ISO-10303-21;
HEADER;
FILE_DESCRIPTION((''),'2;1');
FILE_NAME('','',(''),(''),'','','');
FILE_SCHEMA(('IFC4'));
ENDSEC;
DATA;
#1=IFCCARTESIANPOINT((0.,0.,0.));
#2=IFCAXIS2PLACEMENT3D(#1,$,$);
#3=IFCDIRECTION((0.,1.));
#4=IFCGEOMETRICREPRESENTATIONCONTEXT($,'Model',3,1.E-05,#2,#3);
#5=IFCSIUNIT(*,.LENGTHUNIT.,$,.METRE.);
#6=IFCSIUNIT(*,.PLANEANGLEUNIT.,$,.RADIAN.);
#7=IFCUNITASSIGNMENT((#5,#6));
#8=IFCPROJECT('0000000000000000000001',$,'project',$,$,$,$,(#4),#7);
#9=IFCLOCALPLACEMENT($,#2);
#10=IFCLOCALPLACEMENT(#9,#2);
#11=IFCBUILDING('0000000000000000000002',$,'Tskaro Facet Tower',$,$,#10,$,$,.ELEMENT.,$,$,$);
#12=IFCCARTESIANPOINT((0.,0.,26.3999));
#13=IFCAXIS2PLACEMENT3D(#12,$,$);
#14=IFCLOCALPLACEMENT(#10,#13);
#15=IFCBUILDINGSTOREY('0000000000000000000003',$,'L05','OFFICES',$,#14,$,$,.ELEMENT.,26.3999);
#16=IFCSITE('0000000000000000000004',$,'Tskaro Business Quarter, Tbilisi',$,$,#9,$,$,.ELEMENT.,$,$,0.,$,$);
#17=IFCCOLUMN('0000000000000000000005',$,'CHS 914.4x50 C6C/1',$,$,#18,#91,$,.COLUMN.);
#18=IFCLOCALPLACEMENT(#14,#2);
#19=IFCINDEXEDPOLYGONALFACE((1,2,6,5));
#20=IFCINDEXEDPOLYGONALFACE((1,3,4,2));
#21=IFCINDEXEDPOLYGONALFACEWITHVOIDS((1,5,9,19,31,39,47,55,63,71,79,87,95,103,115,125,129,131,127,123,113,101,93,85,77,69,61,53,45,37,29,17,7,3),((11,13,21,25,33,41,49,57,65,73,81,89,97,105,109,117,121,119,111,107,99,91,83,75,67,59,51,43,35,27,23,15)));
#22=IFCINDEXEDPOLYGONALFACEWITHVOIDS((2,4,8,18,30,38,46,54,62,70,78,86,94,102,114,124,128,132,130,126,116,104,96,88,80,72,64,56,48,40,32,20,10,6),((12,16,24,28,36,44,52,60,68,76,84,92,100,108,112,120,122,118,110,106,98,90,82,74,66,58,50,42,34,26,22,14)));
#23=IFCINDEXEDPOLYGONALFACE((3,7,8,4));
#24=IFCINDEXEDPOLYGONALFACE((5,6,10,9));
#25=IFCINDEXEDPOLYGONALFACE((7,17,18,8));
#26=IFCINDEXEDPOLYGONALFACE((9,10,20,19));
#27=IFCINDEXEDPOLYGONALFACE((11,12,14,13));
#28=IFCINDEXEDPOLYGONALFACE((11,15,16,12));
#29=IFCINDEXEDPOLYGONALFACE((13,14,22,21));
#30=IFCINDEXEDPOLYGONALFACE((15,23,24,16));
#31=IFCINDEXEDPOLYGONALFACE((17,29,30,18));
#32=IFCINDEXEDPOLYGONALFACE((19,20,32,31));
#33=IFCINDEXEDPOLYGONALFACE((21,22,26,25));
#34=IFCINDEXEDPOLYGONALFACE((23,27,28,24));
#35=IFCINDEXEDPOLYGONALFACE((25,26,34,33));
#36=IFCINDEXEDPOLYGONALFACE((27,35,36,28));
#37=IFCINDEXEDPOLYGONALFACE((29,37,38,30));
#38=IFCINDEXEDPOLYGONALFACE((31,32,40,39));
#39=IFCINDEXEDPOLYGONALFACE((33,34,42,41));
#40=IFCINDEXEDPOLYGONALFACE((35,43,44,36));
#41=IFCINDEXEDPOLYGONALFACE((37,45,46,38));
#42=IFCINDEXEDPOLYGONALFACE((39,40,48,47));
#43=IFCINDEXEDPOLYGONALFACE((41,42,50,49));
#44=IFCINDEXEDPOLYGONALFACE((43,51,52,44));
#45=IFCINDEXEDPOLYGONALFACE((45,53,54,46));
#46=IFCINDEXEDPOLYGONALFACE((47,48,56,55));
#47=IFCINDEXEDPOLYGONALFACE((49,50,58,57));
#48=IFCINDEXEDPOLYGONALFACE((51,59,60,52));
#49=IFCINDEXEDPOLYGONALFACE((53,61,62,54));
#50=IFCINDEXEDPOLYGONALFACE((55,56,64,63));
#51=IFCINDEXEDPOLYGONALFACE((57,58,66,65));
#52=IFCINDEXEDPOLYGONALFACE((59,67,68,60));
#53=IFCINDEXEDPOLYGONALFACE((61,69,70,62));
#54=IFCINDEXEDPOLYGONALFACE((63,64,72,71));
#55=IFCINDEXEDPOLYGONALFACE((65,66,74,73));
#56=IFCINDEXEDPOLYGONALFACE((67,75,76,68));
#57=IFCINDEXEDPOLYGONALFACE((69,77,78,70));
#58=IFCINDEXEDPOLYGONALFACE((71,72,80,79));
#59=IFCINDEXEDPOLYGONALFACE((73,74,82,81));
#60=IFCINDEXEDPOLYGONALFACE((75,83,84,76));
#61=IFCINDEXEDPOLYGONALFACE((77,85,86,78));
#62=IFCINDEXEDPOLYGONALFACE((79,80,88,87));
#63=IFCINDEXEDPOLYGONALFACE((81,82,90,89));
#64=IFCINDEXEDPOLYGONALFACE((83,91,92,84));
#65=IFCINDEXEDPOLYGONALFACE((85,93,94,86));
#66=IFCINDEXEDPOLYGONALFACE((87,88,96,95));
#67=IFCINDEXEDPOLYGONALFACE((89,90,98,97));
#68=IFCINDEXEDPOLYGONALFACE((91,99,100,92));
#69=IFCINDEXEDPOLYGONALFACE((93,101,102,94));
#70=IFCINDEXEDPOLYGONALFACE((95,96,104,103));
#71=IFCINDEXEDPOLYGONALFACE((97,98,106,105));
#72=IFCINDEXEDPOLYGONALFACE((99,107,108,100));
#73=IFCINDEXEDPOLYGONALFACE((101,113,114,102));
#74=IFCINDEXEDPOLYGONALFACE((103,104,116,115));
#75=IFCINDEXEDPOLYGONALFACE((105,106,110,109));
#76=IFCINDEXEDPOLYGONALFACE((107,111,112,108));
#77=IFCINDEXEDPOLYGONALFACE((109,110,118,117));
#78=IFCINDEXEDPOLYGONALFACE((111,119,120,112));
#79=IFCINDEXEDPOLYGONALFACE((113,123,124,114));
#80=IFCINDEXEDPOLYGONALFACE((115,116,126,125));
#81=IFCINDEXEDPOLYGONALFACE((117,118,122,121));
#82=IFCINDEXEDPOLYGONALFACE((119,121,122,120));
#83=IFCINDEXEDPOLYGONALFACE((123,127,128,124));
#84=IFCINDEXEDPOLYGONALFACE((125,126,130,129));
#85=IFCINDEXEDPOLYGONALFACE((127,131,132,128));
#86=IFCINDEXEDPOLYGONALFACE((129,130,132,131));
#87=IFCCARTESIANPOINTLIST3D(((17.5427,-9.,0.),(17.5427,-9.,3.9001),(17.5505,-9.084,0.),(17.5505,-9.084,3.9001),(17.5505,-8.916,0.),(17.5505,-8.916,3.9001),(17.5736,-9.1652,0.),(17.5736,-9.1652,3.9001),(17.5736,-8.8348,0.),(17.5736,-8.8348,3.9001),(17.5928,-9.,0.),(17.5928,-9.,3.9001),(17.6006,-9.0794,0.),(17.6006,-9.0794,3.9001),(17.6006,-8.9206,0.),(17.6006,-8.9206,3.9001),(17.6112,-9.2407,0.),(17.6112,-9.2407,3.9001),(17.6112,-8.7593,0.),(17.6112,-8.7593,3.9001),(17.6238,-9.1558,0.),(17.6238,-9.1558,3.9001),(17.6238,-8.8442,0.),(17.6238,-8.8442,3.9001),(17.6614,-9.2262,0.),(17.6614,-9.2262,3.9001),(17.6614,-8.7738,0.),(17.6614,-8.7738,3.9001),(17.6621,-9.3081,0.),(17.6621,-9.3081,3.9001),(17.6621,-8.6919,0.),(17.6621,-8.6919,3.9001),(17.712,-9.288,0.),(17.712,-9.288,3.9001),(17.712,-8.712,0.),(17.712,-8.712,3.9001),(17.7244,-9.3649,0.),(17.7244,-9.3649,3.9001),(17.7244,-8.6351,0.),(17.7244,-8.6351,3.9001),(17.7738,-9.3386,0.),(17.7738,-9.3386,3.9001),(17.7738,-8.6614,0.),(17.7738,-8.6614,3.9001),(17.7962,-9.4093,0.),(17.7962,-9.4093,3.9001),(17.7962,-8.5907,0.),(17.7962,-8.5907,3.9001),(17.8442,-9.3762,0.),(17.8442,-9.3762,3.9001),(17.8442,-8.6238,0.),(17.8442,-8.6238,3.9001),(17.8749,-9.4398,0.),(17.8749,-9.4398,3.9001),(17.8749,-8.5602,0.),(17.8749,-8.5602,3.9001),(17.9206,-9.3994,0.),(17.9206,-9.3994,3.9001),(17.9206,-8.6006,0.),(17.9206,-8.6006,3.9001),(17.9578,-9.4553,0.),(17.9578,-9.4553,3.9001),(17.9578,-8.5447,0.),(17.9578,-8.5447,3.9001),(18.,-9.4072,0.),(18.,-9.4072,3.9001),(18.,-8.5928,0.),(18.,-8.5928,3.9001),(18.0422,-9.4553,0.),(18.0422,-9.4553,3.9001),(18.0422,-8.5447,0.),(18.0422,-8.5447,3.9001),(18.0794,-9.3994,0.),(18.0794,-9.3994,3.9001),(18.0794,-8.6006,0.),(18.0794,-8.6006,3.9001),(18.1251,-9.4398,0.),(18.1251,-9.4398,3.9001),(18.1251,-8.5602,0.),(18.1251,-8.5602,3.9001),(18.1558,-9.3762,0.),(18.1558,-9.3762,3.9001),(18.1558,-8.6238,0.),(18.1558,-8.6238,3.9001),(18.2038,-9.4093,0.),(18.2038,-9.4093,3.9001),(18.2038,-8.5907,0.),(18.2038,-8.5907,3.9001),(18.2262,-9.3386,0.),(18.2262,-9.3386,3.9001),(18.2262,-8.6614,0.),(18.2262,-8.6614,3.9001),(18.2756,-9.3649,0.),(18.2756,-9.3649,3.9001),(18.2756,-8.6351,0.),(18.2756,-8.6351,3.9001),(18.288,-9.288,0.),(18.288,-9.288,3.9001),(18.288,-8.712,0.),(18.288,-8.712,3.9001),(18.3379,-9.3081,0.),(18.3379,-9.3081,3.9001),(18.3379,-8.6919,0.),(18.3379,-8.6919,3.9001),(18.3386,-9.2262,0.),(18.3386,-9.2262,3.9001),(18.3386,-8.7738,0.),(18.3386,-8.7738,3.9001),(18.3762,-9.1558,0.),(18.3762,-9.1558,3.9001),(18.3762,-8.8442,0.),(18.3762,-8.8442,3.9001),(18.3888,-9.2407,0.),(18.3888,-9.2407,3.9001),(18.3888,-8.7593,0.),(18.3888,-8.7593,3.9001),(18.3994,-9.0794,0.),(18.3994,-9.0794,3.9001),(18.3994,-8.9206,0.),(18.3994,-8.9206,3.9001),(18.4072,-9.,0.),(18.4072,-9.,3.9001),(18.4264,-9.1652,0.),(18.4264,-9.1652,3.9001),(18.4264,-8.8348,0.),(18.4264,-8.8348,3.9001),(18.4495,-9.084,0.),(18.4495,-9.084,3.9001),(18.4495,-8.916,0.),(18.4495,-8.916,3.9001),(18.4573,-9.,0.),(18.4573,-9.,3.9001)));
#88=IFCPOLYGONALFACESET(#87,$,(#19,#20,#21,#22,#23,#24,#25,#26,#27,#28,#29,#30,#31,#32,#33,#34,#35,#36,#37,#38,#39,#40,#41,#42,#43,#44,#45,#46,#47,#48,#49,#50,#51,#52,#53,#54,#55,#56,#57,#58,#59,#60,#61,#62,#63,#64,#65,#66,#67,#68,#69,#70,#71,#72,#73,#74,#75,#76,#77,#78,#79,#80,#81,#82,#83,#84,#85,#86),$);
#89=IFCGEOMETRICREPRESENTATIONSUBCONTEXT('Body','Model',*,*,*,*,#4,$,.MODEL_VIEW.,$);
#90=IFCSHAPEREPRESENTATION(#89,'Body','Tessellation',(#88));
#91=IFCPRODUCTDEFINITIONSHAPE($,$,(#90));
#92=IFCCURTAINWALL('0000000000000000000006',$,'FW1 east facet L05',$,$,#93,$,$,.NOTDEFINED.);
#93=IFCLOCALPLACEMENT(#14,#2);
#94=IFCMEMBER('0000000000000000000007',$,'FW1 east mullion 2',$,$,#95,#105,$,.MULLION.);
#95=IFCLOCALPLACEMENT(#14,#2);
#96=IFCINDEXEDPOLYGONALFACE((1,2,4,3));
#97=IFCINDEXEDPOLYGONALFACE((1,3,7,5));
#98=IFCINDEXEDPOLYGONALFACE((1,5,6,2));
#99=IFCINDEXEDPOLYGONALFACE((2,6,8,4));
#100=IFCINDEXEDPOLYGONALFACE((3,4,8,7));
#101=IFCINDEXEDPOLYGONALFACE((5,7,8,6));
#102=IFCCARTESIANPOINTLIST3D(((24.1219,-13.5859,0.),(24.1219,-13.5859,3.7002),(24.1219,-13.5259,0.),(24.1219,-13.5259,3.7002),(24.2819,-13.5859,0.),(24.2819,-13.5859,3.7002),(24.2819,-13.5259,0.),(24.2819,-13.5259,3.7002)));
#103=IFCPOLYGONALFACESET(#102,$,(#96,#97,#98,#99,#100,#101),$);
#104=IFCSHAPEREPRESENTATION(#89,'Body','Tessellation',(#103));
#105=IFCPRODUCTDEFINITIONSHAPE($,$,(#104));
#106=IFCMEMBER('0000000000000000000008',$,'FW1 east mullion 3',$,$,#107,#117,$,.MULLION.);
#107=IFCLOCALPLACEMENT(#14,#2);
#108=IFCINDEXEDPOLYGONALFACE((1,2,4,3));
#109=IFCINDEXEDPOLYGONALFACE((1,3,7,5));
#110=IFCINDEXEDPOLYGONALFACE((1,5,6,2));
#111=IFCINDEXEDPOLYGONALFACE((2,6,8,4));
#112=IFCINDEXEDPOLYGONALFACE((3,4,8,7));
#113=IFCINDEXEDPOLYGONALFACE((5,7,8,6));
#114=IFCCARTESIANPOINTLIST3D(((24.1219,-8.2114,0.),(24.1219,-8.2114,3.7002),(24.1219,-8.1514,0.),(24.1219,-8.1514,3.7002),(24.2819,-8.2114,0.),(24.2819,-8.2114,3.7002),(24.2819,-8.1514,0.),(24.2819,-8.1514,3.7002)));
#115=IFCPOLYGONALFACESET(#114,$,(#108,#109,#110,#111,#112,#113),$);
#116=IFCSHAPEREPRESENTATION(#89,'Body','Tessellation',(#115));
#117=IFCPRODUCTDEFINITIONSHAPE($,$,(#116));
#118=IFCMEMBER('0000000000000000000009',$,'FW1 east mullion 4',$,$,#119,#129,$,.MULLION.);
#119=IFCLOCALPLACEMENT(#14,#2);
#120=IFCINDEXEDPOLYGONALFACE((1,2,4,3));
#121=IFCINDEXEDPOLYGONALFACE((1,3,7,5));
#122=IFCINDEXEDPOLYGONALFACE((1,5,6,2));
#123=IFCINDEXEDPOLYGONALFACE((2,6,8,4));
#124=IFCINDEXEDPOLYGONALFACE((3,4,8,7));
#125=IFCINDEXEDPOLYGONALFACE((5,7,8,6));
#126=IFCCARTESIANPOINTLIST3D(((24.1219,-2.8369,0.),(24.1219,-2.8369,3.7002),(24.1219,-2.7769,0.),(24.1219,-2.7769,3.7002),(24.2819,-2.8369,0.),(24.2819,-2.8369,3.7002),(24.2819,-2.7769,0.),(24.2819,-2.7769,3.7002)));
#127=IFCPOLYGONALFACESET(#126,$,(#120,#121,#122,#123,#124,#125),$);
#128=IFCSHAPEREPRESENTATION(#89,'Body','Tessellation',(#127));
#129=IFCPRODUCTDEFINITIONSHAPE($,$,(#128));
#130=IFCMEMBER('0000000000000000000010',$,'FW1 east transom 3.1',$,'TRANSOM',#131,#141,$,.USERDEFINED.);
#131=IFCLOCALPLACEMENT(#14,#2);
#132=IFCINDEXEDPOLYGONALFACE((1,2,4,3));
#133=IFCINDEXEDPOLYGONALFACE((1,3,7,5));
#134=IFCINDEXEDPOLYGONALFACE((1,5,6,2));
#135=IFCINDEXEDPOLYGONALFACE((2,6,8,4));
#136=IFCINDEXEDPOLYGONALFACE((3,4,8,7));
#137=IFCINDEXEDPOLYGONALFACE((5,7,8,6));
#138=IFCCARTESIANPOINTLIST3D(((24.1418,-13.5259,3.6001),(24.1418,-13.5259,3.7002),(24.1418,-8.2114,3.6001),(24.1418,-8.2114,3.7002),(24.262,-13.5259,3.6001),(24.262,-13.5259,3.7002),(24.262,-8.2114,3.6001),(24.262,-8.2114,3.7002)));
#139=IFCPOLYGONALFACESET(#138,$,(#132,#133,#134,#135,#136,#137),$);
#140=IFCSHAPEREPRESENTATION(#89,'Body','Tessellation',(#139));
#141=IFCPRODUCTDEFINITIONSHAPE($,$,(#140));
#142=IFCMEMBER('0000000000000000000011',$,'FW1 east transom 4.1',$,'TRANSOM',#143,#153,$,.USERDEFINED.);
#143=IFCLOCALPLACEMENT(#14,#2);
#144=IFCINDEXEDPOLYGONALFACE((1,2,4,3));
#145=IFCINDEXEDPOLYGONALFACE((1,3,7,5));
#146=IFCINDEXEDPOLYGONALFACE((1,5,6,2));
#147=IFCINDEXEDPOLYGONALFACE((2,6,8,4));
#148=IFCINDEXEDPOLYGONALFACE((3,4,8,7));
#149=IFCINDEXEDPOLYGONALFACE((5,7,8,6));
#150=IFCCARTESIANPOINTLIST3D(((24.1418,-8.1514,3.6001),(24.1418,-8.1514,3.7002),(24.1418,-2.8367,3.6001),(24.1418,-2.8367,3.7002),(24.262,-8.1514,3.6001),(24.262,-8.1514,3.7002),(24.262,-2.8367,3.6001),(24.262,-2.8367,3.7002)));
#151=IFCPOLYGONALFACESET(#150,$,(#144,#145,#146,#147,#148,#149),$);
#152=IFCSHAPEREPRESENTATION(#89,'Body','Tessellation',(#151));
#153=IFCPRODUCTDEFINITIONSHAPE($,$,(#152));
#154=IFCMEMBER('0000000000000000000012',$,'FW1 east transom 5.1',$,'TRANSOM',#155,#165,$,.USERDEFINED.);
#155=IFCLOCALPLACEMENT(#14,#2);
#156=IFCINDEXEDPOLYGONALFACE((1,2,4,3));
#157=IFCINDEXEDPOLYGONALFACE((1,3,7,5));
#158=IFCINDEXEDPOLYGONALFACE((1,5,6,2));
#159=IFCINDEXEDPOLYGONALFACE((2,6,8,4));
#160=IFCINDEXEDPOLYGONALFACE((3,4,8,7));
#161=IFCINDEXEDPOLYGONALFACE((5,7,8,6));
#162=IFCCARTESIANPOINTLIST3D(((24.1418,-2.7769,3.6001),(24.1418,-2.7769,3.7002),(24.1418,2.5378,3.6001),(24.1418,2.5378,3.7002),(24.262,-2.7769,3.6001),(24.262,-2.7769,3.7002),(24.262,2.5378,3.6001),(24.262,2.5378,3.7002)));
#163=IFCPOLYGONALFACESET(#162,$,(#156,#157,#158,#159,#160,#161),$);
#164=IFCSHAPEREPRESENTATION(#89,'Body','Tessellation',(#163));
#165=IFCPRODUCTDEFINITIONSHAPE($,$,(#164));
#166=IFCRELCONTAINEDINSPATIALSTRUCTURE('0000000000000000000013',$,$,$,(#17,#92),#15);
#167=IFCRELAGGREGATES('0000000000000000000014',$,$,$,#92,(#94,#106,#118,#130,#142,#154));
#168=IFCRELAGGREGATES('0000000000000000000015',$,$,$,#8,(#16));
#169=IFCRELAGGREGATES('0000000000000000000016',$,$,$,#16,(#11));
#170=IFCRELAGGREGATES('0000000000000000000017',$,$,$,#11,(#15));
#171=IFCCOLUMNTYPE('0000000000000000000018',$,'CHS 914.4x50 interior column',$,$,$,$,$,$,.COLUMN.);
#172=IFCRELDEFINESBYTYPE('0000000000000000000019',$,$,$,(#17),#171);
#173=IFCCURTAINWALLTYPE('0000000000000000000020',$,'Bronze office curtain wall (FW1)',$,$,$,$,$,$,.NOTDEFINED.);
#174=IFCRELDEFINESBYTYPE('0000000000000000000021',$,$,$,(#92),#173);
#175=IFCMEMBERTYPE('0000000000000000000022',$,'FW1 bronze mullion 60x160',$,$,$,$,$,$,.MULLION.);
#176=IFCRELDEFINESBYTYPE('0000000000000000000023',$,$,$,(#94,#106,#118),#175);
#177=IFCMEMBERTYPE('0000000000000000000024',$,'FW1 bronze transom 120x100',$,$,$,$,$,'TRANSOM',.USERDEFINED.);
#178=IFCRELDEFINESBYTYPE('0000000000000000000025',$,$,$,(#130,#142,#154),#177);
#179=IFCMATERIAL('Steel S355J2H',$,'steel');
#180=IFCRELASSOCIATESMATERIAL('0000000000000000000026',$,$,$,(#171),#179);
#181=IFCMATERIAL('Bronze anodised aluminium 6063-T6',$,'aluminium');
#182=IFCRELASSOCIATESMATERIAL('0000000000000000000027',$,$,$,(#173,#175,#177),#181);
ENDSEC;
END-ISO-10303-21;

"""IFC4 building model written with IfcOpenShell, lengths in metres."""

from ifc_helpers import new_model, si_unit, direction, frame, origin, origin_2d, place, context, subcontext, project, spatial, rectangle, hollow_circle, extrude, material, material_profile, profile_set, type_object, element, aggregate, save


model = new_model("IFC4")

# Units and contexts
model_context = context("Model", 3, precision=1e-05, world=origin(), true_north=direction((0.0, 1.0)))
body_context = subcontext(model_context, "Body", "Model", "MODEL_VIEW")
ifc_project = project(units=[si_unit("LENGTHUNIT", "METRE"), si_unit("PLANEANGLEUNIT", "RADIAN")], contexts=[model_context])

# Site, building, storey
site_placement = place(None, origin())
site = spatial("IfcSite", under=ifc_project, at=site_placement, Name="Tskaro Business Quarter, Tbilisi", CompositionType="ELEMENT", RefElevation=0.0)
building_placement = place(site_placement, origin())
building = spatial("IfcBuilding", under=site, at=building_placement, Name="Tskaro Facet Tower", CompositionType="ELEMENT")
storey_placement = place(building_placement, frame((0.0, 0.0, 26.3999)))
storey = spatial("IfcBuildingStorey", under=building, at=storey_placement, Name="L05", Description="OFFICES", CompositionType="ELEMENT", Elevation=26.3999)

# Column
ifc_material_1 = material(Name="Steel S355J2H", Category="steel")
ifc_material_profile_1 = material_profile(ifc_material_1, hollow_circle(Radius=0.4573, WallThickness=0.05, at=origin_2d()), Name="CHS 914.4x50")
ifc_profile_set_1 = profile_set([ifc_material_profile_1], Name="Steel S355J2H")
column_type_1 = type_object("IfcColumnType", Name="CHS 914.4x50 interior column", PredefinedType="COLUMN", material=ifc_profile_set_1)
column_1_placement = place(storey_placement, frame((18.0, -9.0, 0.0), z_axis=(0.0, 0.0, 1.0), x_axis=(1.0, 0.0, 0.0)))
element("IfcColumn", 1, at=column_1_placement, inside=storey, type_object=column_type_1, Name="CHS 914.4x50 C6C/1", PredefinedType="COLUMN", context=body_context, shape_type="SweptSolid", body=[
    extrude(hollow_circle(Radius=0.4573, WallThickness=0.05, at=origin_2d()), origin(), (0.0, 0.0, 1.0), 3.9001),
])

# Curtain wall, members
ifc_material_2 = material(Name="Bronze anodised aluminium 6063-T6", Category="aluminium")
curtain_wall_type = type_object("IfcCurtainWallType", Name="Bronze office curtain wall (FW1)", PredefinedType="NOTDEFINED", material=ifc_material_2)
curtain_wall_placement = place(storey_placement, origin())
curtain_wall = element("IfcCurtainWall", 2, at=curtain_wall_placement, inside=storey, type_object=curtain_wall_type, Name="FW1 east facet L05", PredefinedType="NOTDEFINED")
ifc_material_profile_2 = material_profile(ifc_material_2, rectangle(XDim=0.0601, YDim=0.1599, at=origin_2d()), Name="Mullion 60x160")
ifc_profile_set_2 = profile_set([ifc_material_profile_2], Name="Bronze anodised aluminium 6063-T6")
member_type_1 = type_object("IfcMemberType", Name="FW1 bronze mullion 60x160", PredefinedType="MULLION", material=ifc_profile_set_2)
member_1_placement = place(storey_placement, frame((24.2019, -13.5559, 0.0), z_axis=(0.0, 0.0, 1.0), x_axis=(0.0, 1.0, 0.0)))
member_1 = element("IfcMember", 3, at=member_1_placement, type_object=member_type_1, Name="FW1 east mullion 2", PredefinedType="MULLION", context=body_context, shape_type="SweptSolid", body=[
    extrude(rectangle(XDim=0.0601, YDim=0.1599, at=origin_2d()), origin(), (0.0, 0.0, 1.0), 3.7002),
])
member_2_placement = place(storey_placement, frame((24.2019, -8.1814, 0.0), z_axis=(0.0, 0.0, 1.0), x_axis=(0.0, 1.0, 0.0)))
member_2 = element("IfcMember", 4, at=member_2_placement, type_object=member_type_1, Name="FW1 east mullion 3", PredefinedType="MULLION", context=body_context, shape_type="SweptSolid", body=[
    extrude(rectangle(XDim=0.0601, YDim=0.1599, at=origin_2d()), origin(), (0.0, 0.0, 1.0), 3.7002),
])
member_3_placement = place(storey_placement, frame((24.2019, -2.8069, 0.0), z_axis=(0.0, 0.0, 1.0), x_axis=(0.0, 1.0, 0.0)))
member_3 = element("IfcMember", 5, at=member_3_placement, type_object=member_type_1, Name="FW1 east mullion 4", PredefinedType="MULLION", context=body_context, shape_type="SweptSolid", body=[
    extrude(rectangle(XDim=0.0601, YDim=0.1599, at=origin_2d()), origin(), (0.0, 0.0, 1.0), 3.7002),
])
ifc_material_profile_3 = material_profile(ifc_material_2, rectangle(XDim=0.1201, YDim=0.1001, at=origin_2d()), Name="Transom 120x100")
ifc_profile_set_3 = profile_set([ifc_material_profile_3], Name="Bronze anodised aluminium 6063-T6")
member_type_2 = type_object("IfcMemberType", Name="FW1 bronze transom 120x100", ElementType="TRANSOM", PredefinedType="USERDEFINED", material=ifc_profile_set_3)
member_4_placement = place(storey_placement, frame((24.2019, -13.5259, 3.6501), z_axis=(0.0, 1.0, 0.0), x_axis=(-1.0, 0.0, 0.0)))
member_4 = element("IfcMember", 6, at=member_4_placement, type_object=member_type_2, Name="FW1 east transom 3.1", ObjectType="TRANSOM", PredefinedType="USERDEFINED", context=body_context, shape_type="SweptSolid", body=[
    extrude(rectangle(XDim=0.1201, YDim=0.1001, at=origin_2d()), origin(), (0.0, 0.0, 1.0), 5.3145),
])
member_5_placement = place(storey_placement, frame((24.2019, -8.1514, 3.6501), z_axis=(0.0, 1.0, 0.0), x_axis=(-1.0, 0.0, 0.0)))
member_5 = element("IfcMember", 7, at=member_5_placement, type_object=member_type_2, Name="FW1 east transom 4.1", ObjectType="TRANSOM", PredefinedType="USERDEFINED", context=body_context, shape_type="SweptSolid", body=[
    extrude(rectangle(XDim=0.1201, YDim=0.1001, at=origin_2d()), origin(), (0.0, 0.0, 1.0), 5.3147),
])
member_6_placement = place(storey_placement, frame((24.2019, -2.7769, 3.6501), z_axis=(0.0, 1.0, 0.0), x_axis=(-1.0, 0.0, 0.0)))
member_6 = element("IfcMember", 8, at=member_6_placement, type_object=member_type_2, Name="FW1 east transom 5.1", ObjectType="TRANSOM", PredefinedType="USERDEFINED", context=body_context, shape_type="SweptSolid", body=[
    extrude(rectangle(XDim=0.1201, YDim=0.1001, at=origin_2d()), origin(), (0.0, 0.0, 1.0), 5.3147),
])

aggregate(curtain_wall, [member_1, member_2, member_3, member_4, member_5, member_6])

save(model, "model.ifc")
